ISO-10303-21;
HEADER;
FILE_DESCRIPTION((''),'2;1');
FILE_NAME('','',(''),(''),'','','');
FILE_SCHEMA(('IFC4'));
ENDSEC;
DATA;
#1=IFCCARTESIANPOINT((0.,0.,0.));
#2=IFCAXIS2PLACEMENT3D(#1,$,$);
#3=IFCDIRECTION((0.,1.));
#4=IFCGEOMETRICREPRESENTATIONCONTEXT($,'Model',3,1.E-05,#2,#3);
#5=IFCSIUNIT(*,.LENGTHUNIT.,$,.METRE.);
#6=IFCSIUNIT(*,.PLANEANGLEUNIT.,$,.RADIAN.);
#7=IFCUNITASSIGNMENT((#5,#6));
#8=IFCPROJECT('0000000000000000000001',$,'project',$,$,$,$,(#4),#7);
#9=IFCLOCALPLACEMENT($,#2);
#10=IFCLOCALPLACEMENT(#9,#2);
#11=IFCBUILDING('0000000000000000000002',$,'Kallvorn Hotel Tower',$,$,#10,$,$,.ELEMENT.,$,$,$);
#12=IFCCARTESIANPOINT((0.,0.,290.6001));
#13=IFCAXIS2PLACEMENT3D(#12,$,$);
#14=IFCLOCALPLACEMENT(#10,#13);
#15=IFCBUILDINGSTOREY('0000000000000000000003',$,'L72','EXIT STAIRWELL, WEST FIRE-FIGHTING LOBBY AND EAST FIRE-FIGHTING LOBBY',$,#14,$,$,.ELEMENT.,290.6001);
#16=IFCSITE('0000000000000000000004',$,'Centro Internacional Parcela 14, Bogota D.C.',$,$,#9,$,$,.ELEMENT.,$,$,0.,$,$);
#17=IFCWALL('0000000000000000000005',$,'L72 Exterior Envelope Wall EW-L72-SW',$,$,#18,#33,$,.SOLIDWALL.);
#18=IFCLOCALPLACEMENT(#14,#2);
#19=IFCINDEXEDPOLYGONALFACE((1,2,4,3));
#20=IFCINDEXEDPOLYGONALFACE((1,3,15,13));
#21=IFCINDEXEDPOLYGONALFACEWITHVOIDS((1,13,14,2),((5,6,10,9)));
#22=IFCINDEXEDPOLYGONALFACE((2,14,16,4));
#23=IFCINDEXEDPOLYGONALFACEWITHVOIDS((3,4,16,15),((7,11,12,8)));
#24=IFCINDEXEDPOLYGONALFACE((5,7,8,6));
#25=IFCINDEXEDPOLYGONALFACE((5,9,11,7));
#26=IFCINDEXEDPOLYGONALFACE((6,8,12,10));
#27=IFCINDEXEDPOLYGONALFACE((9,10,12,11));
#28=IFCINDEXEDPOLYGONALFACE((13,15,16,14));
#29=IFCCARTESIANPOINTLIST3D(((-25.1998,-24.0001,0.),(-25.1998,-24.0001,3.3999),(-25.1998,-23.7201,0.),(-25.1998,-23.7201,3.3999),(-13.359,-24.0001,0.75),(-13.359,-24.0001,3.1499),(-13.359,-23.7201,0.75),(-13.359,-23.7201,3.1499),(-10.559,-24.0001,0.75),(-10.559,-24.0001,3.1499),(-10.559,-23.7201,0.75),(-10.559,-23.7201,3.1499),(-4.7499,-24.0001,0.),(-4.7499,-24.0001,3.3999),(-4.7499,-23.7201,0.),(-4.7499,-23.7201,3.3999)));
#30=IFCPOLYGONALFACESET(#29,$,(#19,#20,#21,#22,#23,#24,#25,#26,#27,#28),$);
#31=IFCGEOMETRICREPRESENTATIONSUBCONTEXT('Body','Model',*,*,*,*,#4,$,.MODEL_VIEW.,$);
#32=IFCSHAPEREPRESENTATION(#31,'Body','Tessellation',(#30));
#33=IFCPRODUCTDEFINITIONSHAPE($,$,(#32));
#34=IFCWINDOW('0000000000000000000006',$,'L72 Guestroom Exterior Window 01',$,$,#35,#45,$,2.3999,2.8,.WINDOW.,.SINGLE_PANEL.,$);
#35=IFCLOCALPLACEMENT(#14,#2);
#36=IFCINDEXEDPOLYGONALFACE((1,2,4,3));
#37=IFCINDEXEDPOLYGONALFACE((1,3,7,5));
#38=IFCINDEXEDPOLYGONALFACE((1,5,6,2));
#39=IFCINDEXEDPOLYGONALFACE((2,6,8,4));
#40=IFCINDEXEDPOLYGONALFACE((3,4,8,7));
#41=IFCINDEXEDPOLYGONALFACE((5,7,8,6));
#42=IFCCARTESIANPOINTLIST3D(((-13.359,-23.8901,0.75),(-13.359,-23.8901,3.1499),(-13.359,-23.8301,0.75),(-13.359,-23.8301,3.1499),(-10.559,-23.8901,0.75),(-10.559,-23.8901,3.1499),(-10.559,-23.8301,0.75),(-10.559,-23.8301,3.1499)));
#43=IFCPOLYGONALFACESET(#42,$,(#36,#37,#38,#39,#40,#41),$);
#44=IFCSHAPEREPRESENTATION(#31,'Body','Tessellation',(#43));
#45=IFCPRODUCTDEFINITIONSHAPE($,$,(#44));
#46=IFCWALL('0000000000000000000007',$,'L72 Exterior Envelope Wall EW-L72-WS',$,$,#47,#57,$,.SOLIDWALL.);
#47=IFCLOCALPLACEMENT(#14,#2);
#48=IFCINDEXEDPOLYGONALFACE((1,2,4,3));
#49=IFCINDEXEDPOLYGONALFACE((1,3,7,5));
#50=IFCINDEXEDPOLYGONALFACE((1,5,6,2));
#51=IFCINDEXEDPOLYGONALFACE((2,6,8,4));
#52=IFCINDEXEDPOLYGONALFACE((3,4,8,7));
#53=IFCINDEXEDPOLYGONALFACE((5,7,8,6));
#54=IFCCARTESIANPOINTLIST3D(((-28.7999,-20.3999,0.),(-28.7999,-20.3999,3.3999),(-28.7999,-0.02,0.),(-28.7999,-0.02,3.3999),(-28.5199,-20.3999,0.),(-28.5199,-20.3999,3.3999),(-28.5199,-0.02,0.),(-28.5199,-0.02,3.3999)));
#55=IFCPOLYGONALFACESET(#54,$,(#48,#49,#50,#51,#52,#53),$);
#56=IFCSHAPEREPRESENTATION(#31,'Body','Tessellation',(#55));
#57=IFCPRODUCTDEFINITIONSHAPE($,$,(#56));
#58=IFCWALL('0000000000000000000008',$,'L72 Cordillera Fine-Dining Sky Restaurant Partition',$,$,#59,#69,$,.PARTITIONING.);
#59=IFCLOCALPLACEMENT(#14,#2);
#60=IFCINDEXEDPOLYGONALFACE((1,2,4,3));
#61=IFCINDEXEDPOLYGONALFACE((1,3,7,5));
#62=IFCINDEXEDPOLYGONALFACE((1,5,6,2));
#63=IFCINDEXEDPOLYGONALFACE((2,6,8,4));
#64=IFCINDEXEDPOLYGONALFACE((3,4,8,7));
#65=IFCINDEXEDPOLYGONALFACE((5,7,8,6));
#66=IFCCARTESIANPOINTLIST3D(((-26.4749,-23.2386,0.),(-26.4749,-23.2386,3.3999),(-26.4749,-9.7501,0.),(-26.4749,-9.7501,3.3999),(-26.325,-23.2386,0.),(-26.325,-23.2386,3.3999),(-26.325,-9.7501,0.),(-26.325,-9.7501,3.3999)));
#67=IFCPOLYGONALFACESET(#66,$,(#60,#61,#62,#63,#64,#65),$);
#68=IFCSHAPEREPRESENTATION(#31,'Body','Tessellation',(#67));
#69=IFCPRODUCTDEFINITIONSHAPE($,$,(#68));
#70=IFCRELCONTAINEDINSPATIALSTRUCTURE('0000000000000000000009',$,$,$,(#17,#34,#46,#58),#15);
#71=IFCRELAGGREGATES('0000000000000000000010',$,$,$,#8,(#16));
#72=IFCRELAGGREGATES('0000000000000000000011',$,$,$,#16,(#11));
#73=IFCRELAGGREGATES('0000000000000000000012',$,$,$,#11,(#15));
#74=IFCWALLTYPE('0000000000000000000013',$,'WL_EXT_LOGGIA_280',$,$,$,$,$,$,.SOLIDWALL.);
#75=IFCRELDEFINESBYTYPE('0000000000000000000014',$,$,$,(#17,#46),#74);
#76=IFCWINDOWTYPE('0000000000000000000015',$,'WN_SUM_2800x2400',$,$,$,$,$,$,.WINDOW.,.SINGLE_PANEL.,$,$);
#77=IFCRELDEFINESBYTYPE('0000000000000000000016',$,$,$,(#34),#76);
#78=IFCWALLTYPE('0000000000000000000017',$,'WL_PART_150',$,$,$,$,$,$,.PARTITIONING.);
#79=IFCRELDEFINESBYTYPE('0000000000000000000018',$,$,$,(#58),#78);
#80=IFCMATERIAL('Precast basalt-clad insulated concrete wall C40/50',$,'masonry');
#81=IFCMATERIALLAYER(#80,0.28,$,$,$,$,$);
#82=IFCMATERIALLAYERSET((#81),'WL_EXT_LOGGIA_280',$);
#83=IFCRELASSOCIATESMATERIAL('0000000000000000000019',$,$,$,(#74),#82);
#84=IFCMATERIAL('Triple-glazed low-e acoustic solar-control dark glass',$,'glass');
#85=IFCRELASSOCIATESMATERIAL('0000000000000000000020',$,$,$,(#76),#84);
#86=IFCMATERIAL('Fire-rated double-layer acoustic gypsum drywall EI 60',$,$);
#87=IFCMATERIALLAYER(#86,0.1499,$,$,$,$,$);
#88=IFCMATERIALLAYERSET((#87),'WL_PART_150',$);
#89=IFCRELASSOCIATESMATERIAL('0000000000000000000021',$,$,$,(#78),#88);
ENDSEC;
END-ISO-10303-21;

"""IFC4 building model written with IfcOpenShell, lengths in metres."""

from ifc_helpers import new_model, si_unit, direction, frame, frame_2d, origin, place, context, subcontext, project, spatial, rectangle, extrude, material, layer, layer_set, type_object, element, fill, save


model = new_model("IFC4")

# Units and contexts
model_context = context("Model", 3, precision=1e-05, world=origin(), true_north=direction((0.0, 1.0)))
body_context = subcontext(model_context, "Body", "Model", "MODEL_VIEW")
ifc_project = project(units=[si_unit("LENGTHUNIT", "METRE"), si_unit("PLANEANGLEUNIT", "RADIAN")], contexts=[model_context])

# Site, building, storey
site_placement = place(None, origin())
site = spatial("IfcSite", under=ifc_project, at=site_placement, Name="Centro Internacional Parcela 14, Bogota D.C.", CompositionType="ELEMENT", RefElevation=0.0)
building_placement = place(site_placement, origin())
building = spatial("IfcBuilding", under=site, at=building_placement, Name="Kallvorn Hotel Tower", CompositionType="ELEMENT")
storey_placement = place(building_placement, frame((0.0, 0.0, 290.6001)))
storey = spatial("IfcBuildingStorey", under=building, at=storey_placement, Name="L72", Description="EXIT STAIRWELL, WEST FIRE-FIGHTING LOBBY AND EAST FIRE-FIGHTING LOBBY", CompositionType="ELEMENT", Elevation=290.6001)

# Shared definitions
ifc_material_1 = material(Name="Precast basalt-clad insulated concrete wall C40/50", Category="masonry")
ifc_layer_1 = layer(ifc_material_1, 0.28)
ifc_layer_set_1 = layer_set([ifc_layer_1], Name="WL_EXT_LOGGIA_280")
wall_type_1 = type_object("IfcWallType", Name="WL_EXT_LOGGIA_280", PredefinedType="SOLIDWALL", material=ifc_layer_set_1)

# Wall, opening, window
wall_1_placement = place(storey_placement, frame((-25.2, -23.8601, 0.0), z_axis=(0.0, 0.0, 1.0), x_axis=(1.0, 0.0, 0.0)))
wall_1 = element("IfcWall", 1, at=wall_1_placement, inside=storey, type_object=wall_type_1, Name="L72 Exterior Envelope Wall EW-L72-SW", PredefinedType="SOLIDWALL", context=body_context, shape_type="SweptSolid", body=[
    extrude(rectangle(XDim=20.45, YDim=0.28, at=frame_2d((10.2251, 0.0))), origin(), (0.0, 0.0, 1.0), 3.3999),
])
opening_placement = place(wall_1_placement, frame((11.8411, 0.0, 0.75)))
opening = element("IfcOpeningElement", 2, at=opening_placement, cuts=wall_1, PredefinedType="OPENING", context=body_context, shape_type="SweptSolid", body=[
    extrude(rectangle(XDim=2.8, YDim=2.3999, at=frame_2d((1.3999, 1.2))), frame((0.0, 0.155, 0.0), z_axis=(0.0, -1.0, 0.0), x_axis=(1.0, 0.0, 0.0)), (0.0, 0.0, 1.0), 0.3101),
])
ifc_material_2 = material(Name="Triple-glazed low-e acoustic solar-control dark glass", Category="glass")
window_type = type_object("IfcWindowType", Name="WN_SUM_2800x2400", PartitioningType="SINGLE_PANEL", PredefinedType="WINDOW", material=ifc_material_2)
window_placement = place(opening_placement, origin())
window = element("IfcWindow", 3, at=window_placement, inside=storey, type_object=window_type, Name="L72 Guestroom Exterior Window 01", OverallHeight=2.3999, OverallWidth=2.8, PartitioningType="SINGLE_PANEL", PredefinedType="WINDOW", context=body_context, shape_type="SweptSolid", body=[
    extrude(rectangle(XDim=2.8, YDim=2.3999, at=frame_2d((1.3999, 1.2))), frame((0.0, 0.03, 0.0), z_axis=(0.0, -1.0, 0.0), x_axis=(1.0, 0.0, 0.0)), (0.0, 0.0, 1.0), 0.0601),
])
fill(opening, window)

# Walls
wall_2_placement = place(storey_placement, frame((-28.6599, -20.3999, 0.0), z_axis=(0.0, 0.0, 1.0), x_axis=(0.0, 1.0, 0.0)))
element("IfcWall", 4, at=wall_2_placement, inside=storey, type_object=wall_type_1, Name="L72 Exterior Envelope Wall EW-L72-WS", PredefinedType="SOLIDWALL", context=body_context, shape_type="SweptSolid", body=[
    extrude(rectangle(XDim=20.3799, YDim=0.28, at=frame_2d((10.1899, 0.0))), origin(), (0.0, 0.0, 1.0), 3.3999),
])
ifc_material_3 = material(Name="Fire-rated double-layer acoustic gypsum drywall EI 60")
ifc_layer_2 = layer(ifc_material_3, 0.1499)
ifc_layer_set_2 = layer_set([ifc_layer_2], Name="WL_PART_150")
wall_type_2 = type_object("IfcWallType", Name="WL_PART_150", PredefinedType="PARTITIONING", material=ifc_layer_set_2)
wall_3_placement = place(storey_placement, frame((-26.3999, -23.2385, 0.0), z_axis=(0.0, 0.0, 1.0), x_axis=(0.0, 1.0, 0.0)))
element("IfcWall", 5, at=wall_3_placement, inside=storey, type_object=wall_type_2, Name="L72 Cordillera Fine-Dining Sky Restaurant Partition", PredefinedType="PARTITIONING", context=body_context, shape_type="SweptSolid", body=[
    extrude(rectangle(XDim=13.4885, YDim=0.1499, at=frame_2d((6.7441, 0.0))), origin(), (0.0, 0.0, 1.0), 3.3999),
])

save(model, "model.ifc")
